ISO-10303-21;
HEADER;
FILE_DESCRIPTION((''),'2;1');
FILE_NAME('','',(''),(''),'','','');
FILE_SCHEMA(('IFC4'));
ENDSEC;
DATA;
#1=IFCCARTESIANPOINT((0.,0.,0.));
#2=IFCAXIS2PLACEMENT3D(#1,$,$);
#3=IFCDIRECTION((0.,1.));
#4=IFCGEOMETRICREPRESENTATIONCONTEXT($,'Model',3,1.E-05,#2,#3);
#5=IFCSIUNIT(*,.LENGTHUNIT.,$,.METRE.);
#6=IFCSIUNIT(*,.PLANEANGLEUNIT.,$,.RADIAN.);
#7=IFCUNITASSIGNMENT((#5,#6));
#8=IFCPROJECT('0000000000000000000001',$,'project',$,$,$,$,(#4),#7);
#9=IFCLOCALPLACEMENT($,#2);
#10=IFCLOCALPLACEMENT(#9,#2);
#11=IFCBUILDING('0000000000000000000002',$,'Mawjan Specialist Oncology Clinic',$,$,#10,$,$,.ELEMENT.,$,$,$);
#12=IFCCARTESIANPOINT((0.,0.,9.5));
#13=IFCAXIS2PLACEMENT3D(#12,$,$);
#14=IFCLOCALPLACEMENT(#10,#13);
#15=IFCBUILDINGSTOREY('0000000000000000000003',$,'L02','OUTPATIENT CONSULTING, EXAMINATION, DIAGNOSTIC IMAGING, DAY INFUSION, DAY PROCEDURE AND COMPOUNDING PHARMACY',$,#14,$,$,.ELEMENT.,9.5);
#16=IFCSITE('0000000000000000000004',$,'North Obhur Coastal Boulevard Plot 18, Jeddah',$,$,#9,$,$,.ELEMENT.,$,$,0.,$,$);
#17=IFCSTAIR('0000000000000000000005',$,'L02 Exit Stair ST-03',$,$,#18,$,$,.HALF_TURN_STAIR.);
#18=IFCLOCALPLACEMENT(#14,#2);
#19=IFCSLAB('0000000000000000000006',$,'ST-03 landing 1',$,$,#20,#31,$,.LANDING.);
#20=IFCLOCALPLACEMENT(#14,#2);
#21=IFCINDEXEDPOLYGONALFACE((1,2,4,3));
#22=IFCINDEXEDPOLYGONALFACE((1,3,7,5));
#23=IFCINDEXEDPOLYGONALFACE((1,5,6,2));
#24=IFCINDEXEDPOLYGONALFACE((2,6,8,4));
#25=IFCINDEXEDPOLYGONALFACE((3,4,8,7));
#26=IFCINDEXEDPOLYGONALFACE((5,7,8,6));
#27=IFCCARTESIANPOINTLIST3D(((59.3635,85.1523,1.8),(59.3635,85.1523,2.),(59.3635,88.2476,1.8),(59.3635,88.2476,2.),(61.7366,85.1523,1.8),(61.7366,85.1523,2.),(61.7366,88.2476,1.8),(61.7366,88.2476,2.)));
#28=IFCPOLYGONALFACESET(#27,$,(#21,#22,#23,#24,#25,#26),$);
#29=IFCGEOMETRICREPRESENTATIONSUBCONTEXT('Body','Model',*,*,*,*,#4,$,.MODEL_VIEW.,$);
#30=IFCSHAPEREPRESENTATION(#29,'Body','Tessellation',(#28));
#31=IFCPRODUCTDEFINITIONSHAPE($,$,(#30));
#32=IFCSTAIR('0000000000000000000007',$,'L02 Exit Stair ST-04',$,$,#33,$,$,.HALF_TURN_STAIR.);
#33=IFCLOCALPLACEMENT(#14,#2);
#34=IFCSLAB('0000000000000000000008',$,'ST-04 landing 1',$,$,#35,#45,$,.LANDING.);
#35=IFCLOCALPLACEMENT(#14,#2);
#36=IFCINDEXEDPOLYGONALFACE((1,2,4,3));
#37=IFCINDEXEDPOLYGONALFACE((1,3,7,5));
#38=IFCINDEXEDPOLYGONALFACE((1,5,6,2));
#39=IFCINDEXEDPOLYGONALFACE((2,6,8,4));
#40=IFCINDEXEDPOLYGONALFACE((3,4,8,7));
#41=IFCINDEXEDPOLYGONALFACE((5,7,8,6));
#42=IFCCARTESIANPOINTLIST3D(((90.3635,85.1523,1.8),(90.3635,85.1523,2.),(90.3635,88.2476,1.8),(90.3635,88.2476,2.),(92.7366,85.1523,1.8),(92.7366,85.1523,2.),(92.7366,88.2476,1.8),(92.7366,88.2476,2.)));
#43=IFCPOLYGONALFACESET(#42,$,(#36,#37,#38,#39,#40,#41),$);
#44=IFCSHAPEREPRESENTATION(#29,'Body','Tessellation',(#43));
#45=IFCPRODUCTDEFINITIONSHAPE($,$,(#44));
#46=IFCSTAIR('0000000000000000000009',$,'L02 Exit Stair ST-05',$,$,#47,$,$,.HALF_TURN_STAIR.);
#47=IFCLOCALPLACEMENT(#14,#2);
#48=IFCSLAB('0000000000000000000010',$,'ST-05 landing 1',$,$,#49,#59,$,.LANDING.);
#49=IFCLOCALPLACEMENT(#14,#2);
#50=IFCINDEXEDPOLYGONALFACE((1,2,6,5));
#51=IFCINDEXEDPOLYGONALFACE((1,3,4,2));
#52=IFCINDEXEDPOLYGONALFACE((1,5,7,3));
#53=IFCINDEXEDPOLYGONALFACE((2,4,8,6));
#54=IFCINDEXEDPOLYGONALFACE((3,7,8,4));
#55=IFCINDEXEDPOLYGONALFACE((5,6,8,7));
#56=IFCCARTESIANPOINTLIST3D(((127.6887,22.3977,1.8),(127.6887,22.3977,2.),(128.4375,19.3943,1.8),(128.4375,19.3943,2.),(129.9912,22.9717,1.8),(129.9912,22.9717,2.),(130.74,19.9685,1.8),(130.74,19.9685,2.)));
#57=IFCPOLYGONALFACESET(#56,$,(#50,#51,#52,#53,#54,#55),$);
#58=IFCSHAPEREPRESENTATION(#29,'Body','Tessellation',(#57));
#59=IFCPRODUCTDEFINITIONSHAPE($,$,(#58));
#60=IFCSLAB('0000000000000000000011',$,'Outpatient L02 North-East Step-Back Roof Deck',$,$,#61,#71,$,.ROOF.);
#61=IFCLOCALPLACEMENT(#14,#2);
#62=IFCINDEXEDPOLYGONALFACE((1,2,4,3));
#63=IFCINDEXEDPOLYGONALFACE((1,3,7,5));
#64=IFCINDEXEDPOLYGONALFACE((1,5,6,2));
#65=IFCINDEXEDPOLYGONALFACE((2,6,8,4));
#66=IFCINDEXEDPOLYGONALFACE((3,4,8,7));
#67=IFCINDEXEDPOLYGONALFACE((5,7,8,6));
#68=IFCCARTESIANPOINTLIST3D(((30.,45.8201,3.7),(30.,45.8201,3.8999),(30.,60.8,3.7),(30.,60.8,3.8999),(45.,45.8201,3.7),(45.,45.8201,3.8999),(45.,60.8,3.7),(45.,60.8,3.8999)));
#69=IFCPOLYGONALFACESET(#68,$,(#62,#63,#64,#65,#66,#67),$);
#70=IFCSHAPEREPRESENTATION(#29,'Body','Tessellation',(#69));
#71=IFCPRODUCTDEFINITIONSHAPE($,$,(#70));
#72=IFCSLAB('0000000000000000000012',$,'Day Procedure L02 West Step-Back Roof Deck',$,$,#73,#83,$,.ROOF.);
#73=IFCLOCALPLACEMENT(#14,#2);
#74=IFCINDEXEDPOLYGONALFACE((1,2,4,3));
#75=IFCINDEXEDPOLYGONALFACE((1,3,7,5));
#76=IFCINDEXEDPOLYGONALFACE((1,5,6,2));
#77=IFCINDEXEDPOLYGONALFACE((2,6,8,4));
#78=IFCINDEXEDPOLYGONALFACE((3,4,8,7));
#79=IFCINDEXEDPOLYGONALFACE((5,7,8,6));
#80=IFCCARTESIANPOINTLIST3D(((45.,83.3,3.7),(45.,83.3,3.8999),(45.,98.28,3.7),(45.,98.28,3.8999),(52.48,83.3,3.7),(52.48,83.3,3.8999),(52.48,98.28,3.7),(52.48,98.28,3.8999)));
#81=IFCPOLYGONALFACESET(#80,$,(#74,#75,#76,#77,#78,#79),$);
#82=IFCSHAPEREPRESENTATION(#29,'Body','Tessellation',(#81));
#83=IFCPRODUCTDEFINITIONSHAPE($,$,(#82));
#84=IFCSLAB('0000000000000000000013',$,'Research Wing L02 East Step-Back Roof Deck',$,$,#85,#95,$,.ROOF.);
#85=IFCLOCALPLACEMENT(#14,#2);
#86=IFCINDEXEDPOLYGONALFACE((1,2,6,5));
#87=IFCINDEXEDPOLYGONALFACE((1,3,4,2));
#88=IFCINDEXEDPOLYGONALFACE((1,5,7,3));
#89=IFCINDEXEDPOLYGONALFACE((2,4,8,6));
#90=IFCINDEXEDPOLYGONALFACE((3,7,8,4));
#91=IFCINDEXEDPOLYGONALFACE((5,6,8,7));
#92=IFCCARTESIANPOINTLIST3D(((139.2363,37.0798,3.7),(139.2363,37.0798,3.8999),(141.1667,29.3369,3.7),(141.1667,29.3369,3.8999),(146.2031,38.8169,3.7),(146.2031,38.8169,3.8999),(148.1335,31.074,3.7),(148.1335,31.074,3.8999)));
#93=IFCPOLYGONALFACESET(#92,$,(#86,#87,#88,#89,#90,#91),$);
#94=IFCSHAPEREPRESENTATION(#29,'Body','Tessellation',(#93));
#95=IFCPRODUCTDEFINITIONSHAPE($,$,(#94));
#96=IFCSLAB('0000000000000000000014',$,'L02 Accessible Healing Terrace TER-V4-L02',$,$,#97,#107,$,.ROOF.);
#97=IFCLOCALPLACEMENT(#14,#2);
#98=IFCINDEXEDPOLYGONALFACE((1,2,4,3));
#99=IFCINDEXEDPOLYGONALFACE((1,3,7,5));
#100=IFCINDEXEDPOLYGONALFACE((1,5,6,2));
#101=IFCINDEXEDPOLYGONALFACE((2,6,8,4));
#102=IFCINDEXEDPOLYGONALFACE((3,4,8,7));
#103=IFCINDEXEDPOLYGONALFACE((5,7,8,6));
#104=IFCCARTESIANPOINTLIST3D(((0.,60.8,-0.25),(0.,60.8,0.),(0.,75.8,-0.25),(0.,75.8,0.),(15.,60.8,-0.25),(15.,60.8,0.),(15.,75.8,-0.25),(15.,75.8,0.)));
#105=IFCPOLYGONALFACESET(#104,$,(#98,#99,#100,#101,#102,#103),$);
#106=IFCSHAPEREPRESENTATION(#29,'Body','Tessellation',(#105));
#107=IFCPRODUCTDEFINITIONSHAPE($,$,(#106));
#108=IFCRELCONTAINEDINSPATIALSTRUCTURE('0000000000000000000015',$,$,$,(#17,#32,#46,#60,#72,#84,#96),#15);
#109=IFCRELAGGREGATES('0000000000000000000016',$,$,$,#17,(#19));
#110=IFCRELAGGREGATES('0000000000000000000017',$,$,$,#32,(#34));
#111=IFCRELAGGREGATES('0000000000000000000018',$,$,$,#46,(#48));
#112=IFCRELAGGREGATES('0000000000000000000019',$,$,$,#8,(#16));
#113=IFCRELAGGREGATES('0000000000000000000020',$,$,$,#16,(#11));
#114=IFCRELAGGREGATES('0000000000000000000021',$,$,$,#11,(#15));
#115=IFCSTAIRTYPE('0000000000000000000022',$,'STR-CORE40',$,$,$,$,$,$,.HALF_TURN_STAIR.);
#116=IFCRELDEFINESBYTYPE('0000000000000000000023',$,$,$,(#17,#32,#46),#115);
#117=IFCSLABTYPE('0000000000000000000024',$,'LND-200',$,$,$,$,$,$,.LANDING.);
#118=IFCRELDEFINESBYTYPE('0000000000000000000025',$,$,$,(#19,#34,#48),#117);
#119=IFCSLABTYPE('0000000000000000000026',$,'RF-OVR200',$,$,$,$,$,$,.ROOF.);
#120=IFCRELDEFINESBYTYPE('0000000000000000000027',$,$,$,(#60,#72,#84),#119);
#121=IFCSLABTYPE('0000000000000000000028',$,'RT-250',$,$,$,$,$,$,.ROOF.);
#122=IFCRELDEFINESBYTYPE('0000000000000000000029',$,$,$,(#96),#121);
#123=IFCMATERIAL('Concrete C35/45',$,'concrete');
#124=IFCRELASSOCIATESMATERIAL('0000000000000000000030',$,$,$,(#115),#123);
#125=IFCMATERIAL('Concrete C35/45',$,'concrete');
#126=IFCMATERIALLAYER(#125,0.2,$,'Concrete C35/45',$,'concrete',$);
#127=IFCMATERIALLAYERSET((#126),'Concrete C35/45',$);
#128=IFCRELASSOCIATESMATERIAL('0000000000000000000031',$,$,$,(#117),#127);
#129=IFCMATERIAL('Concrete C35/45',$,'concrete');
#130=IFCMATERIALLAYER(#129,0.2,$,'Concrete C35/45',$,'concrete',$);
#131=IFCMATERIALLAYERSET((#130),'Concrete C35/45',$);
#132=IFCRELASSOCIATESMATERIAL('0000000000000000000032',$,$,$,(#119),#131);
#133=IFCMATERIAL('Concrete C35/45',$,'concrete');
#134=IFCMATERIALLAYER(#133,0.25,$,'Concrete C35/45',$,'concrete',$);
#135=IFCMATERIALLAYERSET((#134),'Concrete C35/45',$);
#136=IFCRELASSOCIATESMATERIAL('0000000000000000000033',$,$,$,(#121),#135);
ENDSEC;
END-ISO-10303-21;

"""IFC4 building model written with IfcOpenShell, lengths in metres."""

from ifc_helpers import new_model, si_unit, direction, frame, origin, place, context, subcontext, project, spatial, polyline, outline, extrude, material, layer, layer_set, type_object, element, aggregate, save


model = new_model("IFC4")

# Units and contexts
model_context = context("Model", 3, precision=1e-05, world=origin(), true_north=direction((0.0, 1.0)))
body_context = subcontext(model_context, "Body", "Model", "MODEL_VIEW")
ifc_project = project(units=[si_unit("LENGTHUNIT", "METRE"), si_unit("PLANEANGLEUNIT", "RADIAN")], contexts=[model_context])

# Site, building, storey
site_placement = place(None, origin())
site = spatial("IfcSite", under=ifc_project, at=site_placement, Name="North Obhur Coastal Boulevard Plot 18, Jeddah", CompositionType="ELEMENT", RefElevation=0.0)
building_placement = place(site_placement, origin())
building = spatial("IfcBuilding", under=site, at=building_placement, Name="Mawjan Specialist Oncology Clinic", CompositionType="ELEMENT")
storey_placement = place(building_placement, frame((0.0, 0.0, 9.5)))
storey = spatial("IfcBuildingStorey", under=building, at=storey_placement, Name="L02", Description="OUTPATIENT CONSULTING, EXAMINATION, DIAGNOSTIC IMAGING, DAY INFUSION, DAY PROCEDURE AND COMPOUNDING PHARMACY", CompositionType="ELEMENT", Elevation=9.5)

# Stairs, slabs
ifc_material_1 = material(Name="Concrete C35/45", Category="concrete")
stair_type = type_object("IfcStairType", Name="STR-CORE40", PredefinedType="HALF_TURN_STAIR", material=ifc_material_1)
ifc_material_2 = material(Name="Concrete C35/45", Category="concrete")
ifc_layer_1 = layer(ifc_material_2, 0.2, Name="Concrete C35/45", Category="concrete")
ifc_layer_set_1 = layer_set([ifc_layer_1], Name="Concrete C35/45")
slab_type_1 = type_object("IfcSlabType", Name="LND-200", PredefinedType="LANDING", material=ifc_layer_set_1)
stair_1_placement = place(storey_placement, origin())
stair_1 = element("IfcStair", 1, at=stair_1_placement, inside=storey, type_object=stair_type, Name="L02 Exit Stair ST-03", PredefinedType="HALF_TURN_STAIR")
slab_1_placement = place(storey_placement, frame((0.0, 0.0, 1.8)))
slab_1 = element("IfcSlab", 2, at=slab_1_placement, type_object=slab_type_1, Name="ST-03 landing 1", PredefinedType="LANDING", context=body_context, shape_type="SweptSolid", body=[
    extrude(outline(polyline([(59.3635, 85.1523), (61.7366, 85.1523), (61.7366, 88.2476), (59.3635, 88.2476), (59.3635, 85.1523)])), origin(), (0.0, 0.0, 1.0), 0.2),
])
aggregate(stair_1, [slab_1])
stair_2_placement = place(storey_placement, origin())
stair_2 = element("IfcStair", 3, at=stair_2_placement, inside=storey, type_object=stair_type, Name="L02 Exit Stair ST-04", PredefinedType="HALF_TURN_STAIR")
slab_2_placement = place(storey_placement, frame((0.0, 0.0, 1.8)))
slab_2 = element("IfcSlab", 4, at=slab_2_placement, type_object=slab_type_1, Name="ST-04 landing 1", PredefinedType="LANDING", context=body_context, shape_type="SweptSolid", body=[
    extrude(outline(polyline([(90.3635, 85.1523), (92.7366, 85.1523), (92.7366, 88.2476), (90.3635, 88.2476), (90.3635, 85.1523)])), origin(), (0.0, 0.0, 1.0), 0.2),
])
aggregate(stair_2, [slab_2])
stair_3_placement = place(storey_placement, origin())
stair_3 = element("IfcStair", 5, at=stair_3_placement, inside=storey, type_object=stair_type, Name="L02 Exit Stair ST-05", PredefinedType="HALF_TURN_STAIR")
slab_3_placement = place(storey_placement, frame((0.0, 0.0, 1.8)))
slab_3 = element("IfcSlab", 6, at=slab_3_placement, type_object=slab_type_1, Name="ST-05 landing 1", PredefinedType="LANDING", context=body_context, shape_type="SweptSolid", body=[
    extrude(outline(polyline([(128.4375, 19.3943), (130.74, 19.9685), (129.9912, 22.9717), (127.6887, 22.3977), (128.4375, 19.3943)])), origin(), (0.0, 0.0, 1.0), 0.2),
])
aggregate(stair_3, [slab_3])

# Slabs
ifc_material_3 = material(Name="Concrete C35/45", Category="concrete")
ifc_layer_2 = layer(ifc_material_3, 0.2, Name="Concrete C35/45", Category="concrete")
ifc_layer_set_2 = layer_set([ifc_layer_2], Name="Concrete C35/45")
slab_type_2 = type_object("IfcSlabType", Name="RF-OVR200", PredefinedType="ROOF", material=ifc_layer_set_2)
slab_4_placement = place(storey_placement, frame((0.0, 0.0, 3.7)))
element("IfcSlab", 7, at=slab_4_placement, inside=storey, type_object=slab_type_2, Name="Outpatient L02 North-East Step-Back Roof Deck", PredefinedType="ROOF", context=body_context, shape_type="SweptSolid", body=[
    extrude(outline(polyline([(30.0, 45.8201), (45.0, 45.8201), (45.0, 60.8), (30.0, 60.8), (30.0, 45.8201)])), origin(), (0.0, 0.0, 1.0), 0.2),
])
slab_5_placement = place(storey_placement, frame((0.0, 0.0, 3.7)))
element("IfcSlab", 8, at=slab_5_placement, inside=storey, type_object=slab_type_2, Name="Day Procedure L02 West Step-Back Roof Deck", PredefinedType="ROOF", context=body_context, shape_type="SweptSolid", body=[
    extrude(outline(polyline([(45.0, 83.3), (52.48, 83.3), (52.48, 98.28), (45.0, 98.28), (45.0, 83.3)])), origin(), (0.0, 0.0, 1.0), 0.2),
])
slab_6_placement = place(storey_placement, frame((0.0, 0.0, 3.7)))
element("IfcSlab", 9, at=slab_6_placement, inside=storey, type_object=slab_type_2, Name="Research Wing L02 East Step-Back Roof Deck", PredefinedType="ROOF", context=body_context, shape_type="SweptSolid", body=[
    extrude(outline(polyline([(141.1667, 29.3369), (148.1335, 31.074), (146.2031, 38.8169), (139.2363, 37.0798), (141.1667, 29.3369)])), origin(), (0.0, 0.0, 1.0), 0.2),
])
ifc_material_4 = material(Name="Concrete C35/45", Category="concrete")
ifc_layer_3 = layer(ifc_material_4, 0.25, Name="Concrete C35/45", Category="concrete")
ifc_layer_set_3 = layer_set([ifc_layer_3], Name="Concrete C35/45")
slab_type_3 = type_object("IfcSlabType", Name="RT-250", PredefinedType="ROOF", material=ifc_layer_set_3)
slab_7_placement = place(storey_placement, frame((0.0, 0.0, -0.25)))
element("IfcSlab", 10, at=slab_7_placement, inside=storey, type_object=slab_type_3, Name="L02 Accessible Healing Terrace TER-V4-L02", PredefinedType="ROOF", context=body_context, shape_type="SweptSolid", body=[
    extrude(outline(polyline([(0.0, 60.8), (15.0, 60.8), (15.0, 75.8), (0.0, 75.8), (0.0, 60.8)])), origin(), (0.0, 0.0, 1.0), 0.25),
])

save(model, "model.ifc")
